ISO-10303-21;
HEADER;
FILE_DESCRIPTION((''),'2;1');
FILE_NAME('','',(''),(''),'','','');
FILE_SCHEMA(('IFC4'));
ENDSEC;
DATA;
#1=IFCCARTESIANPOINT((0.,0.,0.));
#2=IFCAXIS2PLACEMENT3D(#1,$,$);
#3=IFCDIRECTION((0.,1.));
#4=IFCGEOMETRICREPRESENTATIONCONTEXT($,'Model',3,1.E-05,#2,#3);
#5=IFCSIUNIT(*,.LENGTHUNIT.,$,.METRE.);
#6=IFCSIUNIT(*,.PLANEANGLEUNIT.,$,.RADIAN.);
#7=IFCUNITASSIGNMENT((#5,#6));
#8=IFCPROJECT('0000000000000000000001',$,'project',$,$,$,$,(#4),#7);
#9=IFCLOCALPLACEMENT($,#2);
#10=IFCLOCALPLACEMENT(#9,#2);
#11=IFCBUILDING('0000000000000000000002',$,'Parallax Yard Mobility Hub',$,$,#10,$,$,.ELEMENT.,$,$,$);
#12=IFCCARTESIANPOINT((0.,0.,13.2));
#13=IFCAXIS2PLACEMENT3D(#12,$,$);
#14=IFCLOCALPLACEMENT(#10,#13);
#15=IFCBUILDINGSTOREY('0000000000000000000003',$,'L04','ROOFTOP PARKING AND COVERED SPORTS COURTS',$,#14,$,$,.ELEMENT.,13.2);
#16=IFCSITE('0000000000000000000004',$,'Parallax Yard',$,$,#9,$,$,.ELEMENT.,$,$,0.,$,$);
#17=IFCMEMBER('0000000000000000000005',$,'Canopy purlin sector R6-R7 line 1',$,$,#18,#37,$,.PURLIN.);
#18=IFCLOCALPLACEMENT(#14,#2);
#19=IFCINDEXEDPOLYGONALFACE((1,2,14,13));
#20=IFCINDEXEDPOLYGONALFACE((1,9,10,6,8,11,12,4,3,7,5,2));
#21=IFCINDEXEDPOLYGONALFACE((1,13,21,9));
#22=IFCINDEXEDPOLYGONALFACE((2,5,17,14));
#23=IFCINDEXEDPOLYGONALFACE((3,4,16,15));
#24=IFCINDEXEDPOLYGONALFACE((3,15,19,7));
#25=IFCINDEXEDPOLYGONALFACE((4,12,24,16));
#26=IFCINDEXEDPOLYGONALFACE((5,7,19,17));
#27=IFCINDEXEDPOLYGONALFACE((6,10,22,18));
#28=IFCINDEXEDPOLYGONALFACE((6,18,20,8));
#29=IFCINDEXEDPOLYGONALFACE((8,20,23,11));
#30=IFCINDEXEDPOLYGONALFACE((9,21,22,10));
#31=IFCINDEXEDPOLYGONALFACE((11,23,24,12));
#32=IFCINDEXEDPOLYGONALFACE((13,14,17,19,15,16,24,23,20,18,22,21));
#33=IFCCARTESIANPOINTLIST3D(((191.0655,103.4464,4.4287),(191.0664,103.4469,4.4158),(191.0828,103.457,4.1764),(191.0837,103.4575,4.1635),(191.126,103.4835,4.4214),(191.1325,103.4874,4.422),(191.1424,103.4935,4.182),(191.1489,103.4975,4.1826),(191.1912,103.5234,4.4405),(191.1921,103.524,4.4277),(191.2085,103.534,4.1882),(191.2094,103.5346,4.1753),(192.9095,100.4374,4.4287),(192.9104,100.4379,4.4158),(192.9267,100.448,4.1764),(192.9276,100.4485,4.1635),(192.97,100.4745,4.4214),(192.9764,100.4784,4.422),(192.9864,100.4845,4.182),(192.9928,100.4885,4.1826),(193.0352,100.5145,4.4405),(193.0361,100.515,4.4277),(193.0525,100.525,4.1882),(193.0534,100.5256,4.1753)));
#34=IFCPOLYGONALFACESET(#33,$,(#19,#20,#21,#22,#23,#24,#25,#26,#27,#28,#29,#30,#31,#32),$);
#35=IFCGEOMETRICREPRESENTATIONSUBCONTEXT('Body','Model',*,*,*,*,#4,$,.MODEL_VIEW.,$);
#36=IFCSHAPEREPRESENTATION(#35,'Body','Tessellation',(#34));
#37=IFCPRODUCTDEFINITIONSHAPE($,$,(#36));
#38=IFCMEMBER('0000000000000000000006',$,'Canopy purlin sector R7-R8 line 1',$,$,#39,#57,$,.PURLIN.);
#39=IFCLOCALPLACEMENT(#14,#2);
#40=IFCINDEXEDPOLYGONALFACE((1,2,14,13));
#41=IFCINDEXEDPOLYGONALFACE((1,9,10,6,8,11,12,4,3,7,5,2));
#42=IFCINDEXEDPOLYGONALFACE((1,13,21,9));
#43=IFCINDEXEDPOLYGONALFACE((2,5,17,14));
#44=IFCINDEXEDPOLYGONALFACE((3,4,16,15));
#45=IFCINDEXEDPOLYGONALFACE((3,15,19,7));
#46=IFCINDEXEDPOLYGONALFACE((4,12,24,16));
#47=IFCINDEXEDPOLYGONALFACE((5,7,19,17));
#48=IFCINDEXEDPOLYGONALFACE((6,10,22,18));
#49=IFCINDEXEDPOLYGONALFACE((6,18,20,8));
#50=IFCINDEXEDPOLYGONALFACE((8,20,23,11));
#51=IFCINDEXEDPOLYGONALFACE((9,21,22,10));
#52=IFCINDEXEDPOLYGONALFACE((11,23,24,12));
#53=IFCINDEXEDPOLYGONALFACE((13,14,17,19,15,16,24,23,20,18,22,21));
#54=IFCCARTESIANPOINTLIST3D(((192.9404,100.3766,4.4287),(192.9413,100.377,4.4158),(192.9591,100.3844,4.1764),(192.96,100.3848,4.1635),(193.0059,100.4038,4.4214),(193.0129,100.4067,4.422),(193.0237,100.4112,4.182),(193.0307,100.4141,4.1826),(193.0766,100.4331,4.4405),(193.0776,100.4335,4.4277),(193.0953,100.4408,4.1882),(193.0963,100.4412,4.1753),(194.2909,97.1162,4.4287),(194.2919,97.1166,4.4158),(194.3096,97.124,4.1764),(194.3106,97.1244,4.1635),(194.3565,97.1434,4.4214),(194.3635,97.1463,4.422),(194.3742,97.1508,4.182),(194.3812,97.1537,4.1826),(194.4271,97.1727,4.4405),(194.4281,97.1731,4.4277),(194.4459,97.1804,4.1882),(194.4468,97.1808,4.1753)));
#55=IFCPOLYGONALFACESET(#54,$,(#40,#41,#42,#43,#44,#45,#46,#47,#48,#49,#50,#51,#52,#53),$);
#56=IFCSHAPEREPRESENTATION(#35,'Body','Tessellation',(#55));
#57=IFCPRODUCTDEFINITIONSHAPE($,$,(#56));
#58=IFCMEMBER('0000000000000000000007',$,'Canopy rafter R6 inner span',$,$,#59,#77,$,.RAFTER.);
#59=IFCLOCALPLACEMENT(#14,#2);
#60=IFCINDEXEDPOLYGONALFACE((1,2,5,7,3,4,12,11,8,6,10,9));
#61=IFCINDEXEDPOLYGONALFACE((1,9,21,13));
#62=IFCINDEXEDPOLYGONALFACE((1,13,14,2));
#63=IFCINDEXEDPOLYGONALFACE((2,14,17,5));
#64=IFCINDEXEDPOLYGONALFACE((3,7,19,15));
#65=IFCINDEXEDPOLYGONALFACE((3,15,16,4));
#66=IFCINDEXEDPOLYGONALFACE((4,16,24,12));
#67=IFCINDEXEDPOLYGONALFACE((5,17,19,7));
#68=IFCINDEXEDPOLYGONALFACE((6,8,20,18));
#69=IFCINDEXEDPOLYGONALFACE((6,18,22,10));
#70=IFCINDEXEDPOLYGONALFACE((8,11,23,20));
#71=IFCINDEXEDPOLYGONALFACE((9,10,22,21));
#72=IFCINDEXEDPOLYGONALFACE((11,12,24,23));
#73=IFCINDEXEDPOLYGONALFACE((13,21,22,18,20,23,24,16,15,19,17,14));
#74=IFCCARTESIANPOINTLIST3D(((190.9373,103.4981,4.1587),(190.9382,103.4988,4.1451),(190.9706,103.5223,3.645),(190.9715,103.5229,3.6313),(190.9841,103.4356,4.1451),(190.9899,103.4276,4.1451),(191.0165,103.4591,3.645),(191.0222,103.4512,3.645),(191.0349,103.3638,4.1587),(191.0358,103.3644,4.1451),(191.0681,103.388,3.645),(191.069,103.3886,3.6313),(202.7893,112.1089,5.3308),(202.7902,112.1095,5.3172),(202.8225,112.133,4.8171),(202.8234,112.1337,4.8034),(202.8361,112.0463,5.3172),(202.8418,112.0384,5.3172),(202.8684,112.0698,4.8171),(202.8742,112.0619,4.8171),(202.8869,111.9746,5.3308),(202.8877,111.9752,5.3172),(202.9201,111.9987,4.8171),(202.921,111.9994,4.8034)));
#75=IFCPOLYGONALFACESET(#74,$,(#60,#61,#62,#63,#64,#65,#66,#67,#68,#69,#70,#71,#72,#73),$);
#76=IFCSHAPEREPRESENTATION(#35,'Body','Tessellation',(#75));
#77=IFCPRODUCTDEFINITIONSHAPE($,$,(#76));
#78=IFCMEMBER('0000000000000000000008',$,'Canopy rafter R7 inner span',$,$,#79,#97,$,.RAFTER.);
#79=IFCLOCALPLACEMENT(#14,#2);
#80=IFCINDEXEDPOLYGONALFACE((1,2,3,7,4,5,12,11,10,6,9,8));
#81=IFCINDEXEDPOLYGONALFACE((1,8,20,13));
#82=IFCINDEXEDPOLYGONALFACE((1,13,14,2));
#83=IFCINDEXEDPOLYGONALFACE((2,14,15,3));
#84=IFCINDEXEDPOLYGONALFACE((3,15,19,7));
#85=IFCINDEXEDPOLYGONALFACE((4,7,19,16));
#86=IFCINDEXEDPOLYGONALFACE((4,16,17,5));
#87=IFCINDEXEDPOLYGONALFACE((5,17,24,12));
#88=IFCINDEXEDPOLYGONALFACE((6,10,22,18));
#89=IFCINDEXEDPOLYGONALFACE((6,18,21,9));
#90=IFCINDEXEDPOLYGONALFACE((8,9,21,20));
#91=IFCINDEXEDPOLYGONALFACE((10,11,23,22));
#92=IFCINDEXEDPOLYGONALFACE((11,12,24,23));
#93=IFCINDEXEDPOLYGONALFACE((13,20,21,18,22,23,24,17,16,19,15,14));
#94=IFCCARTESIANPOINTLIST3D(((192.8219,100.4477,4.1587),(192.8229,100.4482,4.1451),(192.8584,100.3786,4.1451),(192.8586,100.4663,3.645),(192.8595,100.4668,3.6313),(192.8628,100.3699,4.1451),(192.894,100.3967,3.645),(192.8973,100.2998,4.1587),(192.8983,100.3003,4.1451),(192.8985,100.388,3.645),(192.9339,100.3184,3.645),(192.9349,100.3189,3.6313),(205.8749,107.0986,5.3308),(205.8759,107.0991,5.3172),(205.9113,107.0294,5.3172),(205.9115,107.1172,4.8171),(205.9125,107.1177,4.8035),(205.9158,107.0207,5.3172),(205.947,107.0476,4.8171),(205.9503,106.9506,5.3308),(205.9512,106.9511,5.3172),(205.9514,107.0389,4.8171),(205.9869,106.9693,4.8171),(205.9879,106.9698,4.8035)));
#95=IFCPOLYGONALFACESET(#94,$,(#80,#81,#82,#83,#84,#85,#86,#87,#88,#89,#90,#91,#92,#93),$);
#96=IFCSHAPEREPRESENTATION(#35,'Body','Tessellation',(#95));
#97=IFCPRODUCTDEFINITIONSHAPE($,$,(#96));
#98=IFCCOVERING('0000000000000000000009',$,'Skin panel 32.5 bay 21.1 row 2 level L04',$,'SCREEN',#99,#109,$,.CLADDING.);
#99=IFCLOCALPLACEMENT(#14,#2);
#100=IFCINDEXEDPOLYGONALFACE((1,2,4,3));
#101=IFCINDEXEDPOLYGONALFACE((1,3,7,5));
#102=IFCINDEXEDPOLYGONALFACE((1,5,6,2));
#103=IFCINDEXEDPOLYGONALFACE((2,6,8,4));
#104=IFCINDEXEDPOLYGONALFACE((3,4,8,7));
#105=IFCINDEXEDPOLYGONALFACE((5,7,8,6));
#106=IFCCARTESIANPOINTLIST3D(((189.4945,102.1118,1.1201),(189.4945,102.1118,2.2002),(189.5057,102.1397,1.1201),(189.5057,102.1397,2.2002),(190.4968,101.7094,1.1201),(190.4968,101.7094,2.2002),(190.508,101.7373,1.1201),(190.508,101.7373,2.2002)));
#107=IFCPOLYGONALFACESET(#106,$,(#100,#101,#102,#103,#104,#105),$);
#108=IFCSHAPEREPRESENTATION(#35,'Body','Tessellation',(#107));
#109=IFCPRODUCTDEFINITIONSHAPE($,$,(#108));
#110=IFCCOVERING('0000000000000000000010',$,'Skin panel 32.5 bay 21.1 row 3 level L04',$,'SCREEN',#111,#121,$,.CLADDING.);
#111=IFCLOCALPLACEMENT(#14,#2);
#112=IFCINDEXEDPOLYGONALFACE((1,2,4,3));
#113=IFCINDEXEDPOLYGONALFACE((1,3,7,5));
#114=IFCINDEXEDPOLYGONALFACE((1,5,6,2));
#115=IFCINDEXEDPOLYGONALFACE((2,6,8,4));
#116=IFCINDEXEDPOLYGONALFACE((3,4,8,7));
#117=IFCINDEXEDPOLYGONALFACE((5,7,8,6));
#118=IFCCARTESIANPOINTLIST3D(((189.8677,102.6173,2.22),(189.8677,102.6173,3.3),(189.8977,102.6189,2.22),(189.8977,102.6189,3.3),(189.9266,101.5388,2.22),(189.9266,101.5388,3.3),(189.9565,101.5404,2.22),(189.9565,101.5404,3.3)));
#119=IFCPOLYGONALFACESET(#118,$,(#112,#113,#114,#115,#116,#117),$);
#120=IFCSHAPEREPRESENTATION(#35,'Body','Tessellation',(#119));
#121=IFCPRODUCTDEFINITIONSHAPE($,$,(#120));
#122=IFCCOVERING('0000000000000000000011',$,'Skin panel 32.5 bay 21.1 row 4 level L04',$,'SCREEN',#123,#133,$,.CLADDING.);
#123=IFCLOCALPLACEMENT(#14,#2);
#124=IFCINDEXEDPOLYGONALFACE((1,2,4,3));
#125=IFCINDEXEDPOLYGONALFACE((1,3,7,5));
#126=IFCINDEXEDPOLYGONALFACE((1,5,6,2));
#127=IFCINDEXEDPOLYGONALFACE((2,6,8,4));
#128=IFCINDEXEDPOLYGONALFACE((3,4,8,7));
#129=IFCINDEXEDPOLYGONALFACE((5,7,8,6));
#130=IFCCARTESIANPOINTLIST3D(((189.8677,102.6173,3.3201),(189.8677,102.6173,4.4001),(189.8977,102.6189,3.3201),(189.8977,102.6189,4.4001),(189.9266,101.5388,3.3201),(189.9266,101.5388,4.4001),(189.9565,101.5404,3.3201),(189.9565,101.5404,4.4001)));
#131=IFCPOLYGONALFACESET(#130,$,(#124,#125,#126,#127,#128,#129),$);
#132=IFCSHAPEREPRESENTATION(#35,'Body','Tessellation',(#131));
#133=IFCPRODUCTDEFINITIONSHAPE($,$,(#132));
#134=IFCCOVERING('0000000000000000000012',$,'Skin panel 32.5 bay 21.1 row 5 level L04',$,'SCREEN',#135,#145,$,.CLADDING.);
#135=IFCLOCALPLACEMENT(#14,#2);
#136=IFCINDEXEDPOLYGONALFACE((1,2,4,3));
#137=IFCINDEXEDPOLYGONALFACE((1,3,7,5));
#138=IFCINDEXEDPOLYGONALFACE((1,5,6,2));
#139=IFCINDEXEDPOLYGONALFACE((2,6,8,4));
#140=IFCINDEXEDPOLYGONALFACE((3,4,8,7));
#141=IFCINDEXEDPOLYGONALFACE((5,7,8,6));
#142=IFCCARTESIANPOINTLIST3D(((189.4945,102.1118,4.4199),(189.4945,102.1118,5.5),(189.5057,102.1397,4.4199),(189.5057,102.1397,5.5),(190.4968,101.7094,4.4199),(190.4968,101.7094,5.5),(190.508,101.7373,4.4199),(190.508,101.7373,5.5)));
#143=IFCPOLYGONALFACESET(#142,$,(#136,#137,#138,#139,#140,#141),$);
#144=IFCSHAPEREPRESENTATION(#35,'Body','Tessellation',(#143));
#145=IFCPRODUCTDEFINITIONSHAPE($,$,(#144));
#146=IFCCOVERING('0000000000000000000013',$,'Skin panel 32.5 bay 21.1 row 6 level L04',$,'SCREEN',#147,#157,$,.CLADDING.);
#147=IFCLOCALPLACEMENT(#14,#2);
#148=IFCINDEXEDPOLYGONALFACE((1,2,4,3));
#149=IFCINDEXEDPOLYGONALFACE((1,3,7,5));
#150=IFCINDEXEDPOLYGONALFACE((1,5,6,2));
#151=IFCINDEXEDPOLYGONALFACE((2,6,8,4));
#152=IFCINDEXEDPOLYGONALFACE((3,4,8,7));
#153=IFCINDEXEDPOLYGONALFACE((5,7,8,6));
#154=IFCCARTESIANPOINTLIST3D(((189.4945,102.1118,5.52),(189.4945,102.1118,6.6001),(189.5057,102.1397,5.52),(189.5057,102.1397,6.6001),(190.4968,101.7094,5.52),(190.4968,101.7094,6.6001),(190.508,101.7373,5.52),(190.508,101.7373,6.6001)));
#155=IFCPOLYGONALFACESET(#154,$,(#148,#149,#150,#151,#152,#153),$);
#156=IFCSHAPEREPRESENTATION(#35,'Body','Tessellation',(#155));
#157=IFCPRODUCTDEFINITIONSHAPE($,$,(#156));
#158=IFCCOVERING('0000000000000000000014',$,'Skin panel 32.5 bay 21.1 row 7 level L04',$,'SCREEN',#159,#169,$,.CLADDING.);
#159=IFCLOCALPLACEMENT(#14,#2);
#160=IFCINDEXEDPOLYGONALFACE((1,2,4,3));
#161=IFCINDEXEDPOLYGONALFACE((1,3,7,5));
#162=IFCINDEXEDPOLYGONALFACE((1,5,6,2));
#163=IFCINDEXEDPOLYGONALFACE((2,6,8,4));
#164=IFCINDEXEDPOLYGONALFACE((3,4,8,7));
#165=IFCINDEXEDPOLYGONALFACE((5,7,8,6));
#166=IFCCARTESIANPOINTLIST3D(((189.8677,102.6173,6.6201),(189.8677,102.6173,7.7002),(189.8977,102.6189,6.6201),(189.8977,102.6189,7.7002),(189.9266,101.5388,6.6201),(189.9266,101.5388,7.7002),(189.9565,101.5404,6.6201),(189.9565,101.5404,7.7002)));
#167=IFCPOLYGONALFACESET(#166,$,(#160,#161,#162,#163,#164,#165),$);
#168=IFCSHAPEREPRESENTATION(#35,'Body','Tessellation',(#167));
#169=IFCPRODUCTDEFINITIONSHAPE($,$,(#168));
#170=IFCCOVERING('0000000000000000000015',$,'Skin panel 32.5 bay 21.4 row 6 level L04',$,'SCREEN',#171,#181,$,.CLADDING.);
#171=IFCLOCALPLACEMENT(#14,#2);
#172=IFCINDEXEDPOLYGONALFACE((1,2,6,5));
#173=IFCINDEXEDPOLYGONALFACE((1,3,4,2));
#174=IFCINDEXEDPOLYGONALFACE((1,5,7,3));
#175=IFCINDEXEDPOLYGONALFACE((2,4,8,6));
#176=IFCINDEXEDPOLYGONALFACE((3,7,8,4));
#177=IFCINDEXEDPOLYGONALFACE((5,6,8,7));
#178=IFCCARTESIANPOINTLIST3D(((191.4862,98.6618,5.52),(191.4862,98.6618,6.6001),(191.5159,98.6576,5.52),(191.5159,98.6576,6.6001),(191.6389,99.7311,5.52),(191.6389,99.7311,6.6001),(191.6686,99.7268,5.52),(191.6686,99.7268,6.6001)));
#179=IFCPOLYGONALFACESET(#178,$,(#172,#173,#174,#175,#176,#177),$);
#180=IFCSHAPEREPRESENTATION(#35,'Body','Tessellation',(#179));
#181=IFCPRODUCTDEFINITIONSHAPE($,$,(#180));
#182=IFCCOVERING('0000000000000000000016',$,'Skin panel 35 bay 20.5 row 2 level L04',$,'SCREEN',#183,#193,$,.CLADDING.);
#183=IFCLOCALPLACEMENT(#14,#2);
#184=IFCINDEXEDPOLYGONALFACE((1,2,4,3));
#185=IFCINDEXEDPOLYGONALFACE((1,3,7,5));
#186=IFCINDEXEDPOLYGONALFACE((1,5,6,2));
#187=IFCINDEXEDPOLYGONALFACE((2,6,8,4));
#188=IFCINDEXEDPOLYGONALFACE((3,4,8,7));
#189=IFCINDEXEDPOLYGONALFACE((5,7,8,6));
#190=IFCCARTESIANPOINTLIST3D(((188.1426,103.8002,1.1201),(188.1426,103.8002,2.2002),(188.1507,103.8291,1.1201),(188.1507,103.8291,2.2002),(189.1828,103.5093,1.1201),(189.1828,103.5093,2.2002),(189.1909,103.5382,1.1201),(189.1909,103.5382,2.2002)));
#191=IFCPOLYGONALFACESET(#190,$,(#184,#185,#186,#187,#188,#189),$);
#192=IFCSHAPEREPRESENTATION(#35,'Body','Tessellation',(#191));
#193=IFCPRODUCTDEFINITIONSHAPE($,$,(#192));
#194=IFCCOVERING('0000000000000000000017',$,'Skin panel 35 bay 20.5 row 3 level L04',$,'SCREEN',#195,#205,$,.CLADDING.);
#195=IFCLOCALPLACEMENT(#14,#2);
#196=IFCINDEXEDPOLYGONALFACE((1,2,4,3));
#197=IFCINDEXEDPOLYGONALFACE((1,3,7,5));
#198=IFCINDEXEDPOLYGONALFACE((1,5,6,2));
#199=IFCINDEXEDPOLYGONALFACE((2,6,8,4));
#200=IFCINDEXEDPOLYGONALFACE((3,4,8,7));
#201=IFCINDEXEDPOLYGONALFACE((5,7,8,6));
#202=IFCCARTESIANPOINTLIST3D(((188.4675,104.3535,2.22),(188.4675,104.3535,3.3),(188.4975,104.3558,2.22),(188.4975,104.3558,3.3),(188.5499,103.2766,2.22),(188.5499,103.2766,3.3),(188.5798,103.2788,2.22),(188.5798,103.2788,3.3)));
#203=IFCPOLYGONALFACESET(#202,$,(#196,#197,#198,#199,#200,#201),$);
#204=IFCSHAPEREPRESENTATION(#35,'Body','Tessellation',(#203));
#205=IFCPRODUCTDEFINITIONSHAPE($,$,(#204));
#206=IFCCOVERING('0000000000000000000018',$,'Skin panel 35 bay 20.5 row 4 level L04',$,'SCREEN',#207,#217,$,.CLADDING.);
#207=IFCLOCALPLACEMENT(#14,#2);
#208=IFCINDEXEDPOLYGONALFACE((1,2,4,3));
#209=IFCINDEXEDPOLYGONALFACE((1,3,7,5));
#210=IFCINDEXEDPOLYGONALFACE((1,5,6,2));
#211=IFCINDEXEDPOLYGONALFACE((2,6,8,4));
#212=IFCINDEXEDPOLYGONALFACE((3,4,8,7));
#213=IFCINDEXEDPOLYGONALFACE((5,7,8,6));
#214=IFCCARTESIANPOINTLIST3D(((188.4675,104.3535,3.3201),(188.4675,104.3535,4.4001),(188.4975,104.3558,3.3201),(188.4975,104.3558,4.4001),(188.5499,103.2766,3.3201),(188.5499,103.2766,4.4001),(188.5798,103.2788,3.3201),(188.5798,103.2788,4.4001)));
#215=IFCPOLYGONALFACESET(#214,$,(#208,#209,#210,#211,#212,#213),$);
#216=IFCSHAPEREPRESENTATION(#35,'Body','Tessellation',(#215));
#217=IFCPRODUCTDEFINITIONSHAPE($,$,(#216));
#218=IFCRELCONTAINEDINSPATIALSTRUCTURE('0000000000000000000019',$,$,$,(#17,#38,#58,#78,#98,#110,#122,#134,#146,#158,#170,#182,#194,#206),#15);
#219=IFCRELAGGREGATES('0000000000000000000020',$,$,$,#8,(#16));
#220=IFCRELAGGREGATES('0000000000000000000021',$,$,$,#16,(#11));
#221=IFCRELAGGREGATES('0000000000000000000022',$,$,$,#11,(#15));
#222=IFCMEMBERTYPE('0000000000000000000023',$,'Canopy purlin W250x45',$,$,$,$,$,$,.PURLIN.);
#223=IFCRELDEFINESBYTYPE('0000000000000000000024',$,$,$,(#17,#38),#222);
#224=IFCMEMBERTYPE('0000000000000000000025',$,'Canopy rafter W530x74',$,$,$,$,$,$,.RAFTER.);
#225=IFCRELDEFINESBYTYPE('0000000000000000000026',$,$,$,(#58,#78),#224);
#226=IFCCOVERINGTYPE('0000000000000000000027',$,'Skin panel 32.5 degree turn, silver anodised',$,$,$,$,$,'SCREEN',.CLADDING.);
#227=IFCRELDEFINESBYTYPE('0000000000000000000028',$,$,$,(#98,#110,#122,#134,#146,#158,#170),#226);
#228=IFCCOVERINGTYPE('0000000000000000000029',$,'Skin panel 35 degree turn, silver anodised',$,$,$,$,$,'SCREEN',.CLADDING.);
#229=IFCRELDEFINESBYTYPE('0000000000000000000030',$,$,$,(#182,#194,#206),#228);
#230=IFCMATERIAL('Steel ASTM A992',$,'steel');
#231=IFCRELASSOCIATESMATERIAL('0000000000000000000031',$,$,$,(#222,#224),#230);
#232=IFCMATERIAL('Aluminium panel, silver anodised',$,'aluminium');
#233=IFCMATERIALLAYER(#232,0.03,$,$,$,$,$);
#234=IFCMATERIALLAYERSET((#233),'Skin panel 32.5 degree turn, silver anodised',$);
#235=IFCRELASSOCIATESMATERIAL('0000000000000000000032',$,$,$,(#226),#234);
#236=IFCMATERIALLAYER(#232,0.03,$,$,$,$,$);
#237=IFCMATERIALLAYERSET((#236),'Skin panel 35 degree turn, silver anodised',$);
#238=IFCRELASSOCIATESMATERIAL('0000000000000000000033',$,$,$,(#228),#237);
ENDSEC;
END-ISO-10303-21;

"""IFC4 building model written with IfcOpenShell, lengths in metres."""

from ifc_helpers import new_model, si_unit, direction, frame, origin, origin_2d, place, context, subcontext, project, spatial, rectangle, i_section, extrude, material, layer, layer_set, material_profile, profile_set, type_object, element, save


model = new_model("IFC4")

# Units and contexts
model_context = context("Model", 3, precision=1e-05, world=origin(), true_north=direction((0.0, 1.0)))
body_context = subcontext(model_context, "Body", "Model", "MODEL_VIEW")
ifc_project = project(units=[si_unit("LENGTHUNIT", "METRE"), si_unit("PLANEANGLEUNIT", "RADIAN")], contexts=[model_context])

# Site, building, storey
site_placement = place(None, origin())
site = spatial("IfcSite", under=ifc_project, at=site_placement, Name="Parallax Yard", CompositionType="ELEMENT", RefElevation=0.0)
building_placement = place(site_placement, origin())
building = spatial("IfcBuilding", under=site, at=building_placement, Name="Parallax Yard Mobility Hub", CompositionType="ELEMENT")
storey_placement = place(building_placement, frame((0.0, 0.0, 13.2)))
storey = spatial("IfcBuildingStorey", under=building, at=storey_placement, Name="L04", Description="ROOFTOP PARKING AND COVERED SPORTS COURTS", CompositionType="ELEMENT", Elevation=13.2)

# Members
ifc_material_1 = material(Name="Steel ASTM A992", Category="steel")
ifc_material_profile_1 = material_profile(ifc_material_1, i_section(OverallWidth=0.1479, OverallDepth=0.2661, WebThickness=0.0076, FlangeThickness=0.0129, at=origin_2d()), Name="W250x45")
ifc_profile_set_1 = profile_set([ifc_material_profile_1], Name="Steel ASTM A992")
member_type_1 = type_object("IfcMemberType", Name="Canopy purlin W250x45", PredefinedType="PURLIN", material=ifc_profile_set_1)
for number, where, z_axis, x_axis, name in (
    (1, (191.1375, 103.4905, 4.302), (0.52251, -0.852633, 0.0), (0.849901, 0.520836, 0.07999), "Canopy purlin sector R6-R7 line 1"),
    (2, (193.0183, 100.4089, 4.302), (0.382694, -0.923875, 0.0), (0.920915, 0.381468, 0.07999), "Canopy purlin sector R7-R8 line 1"),
):
    element("IfcMember", number, at=place(storey_placement, frame(where, z_axis=z_axis, x_axis=x_axis)), inside=storey, type_object=member_type_1, Name=name, PredefinedType="PURLIN", context=body_context, shape_type="SweptSolid", body=[
        extrude(i_section(OverallWidth=0.1479, OverallDepth=0.2661, WebThickness=0.0076, FlangeThickness=0.0129, at=origin_2d()), origin(), (0.0, 0.0, 1.0), 3.5291),
    ])
ifc_material_profile_2 = material_profile(ifc_material_1, i_section(OverallWidth=0.166, OverallDepth=0.5291, WebThickness=0.0098, FlangeThickness=0.0137, at=origin_2d()), Name="W530x74")
ifc_profile_set_2 = profile_set([ifc_material_profile_2], Name="Steel ASTM A992")
member_type_2 = type_object("IfcMemberType", Name="Canopy rafter W530x74", PredefinedType="RAFTER", material=ifc_profile_set_2)
for number, where, z_axis, x_axis, name in (
    (3, (191.0032, 103.4434, 3.895), (0.806446, 0.585905, 0.079754), (-0.587777, 0.809023, 0.0), "Canopy rafter R6 inner span"),
    (4, (192.8784, 100.3833, 3.895), (0.888167, 0.452547, 0.079755), (-0.453993, 0.891005, 0.0), "Canopy rafter R7 inner span"),
):
    element("IfcMember", number, at=place(storey_placement, frame(where, z_axis=z_axis, x_axis=x_axis)), inside=storey, type_object=member_type_2, Name=name, PredefinedType="RAFTER", context=body_context, shape_type="SweptSolid", body=[
        extrude(i_section(OverallWidth=0.166, OverallDepth=0.5291, WebThickness=0.0098, FlangeThickness=0.0137, at=origin_2d()), origin(), (0.0, 0.0, 1.0), 14.6965),
    ])

# Coverings
ifc_material_2 = material(Name="Aluminium panel, silver anodised", Category="aluminium")
ifc_layer_1 = layer(ifc_material_2, 0.03)
ifc_layer_set_1 = layer_set([ifc_layer_1], Name="Skin panel 32.5 degree turn, silver anodised")
covering_type_1 = type_object("IfcCoveringType", Name="Skin panel 32.5 degree turn, silver anodised", ElementType="SCREEN", PredefinedType="CLADDING", material=ifc_layer_set_1)
for number, where, z_axis, x_axis, name in (
    (5, (190.0012, 101.9246, 1.1201), (0.0, 0.0, 1.0), (-0.927999, 0.372583, 0.0), "Skin panel 32.5 bay 21.1 row 2 level L04"),
    (6, (189.9121, 102.0789, 2.22), (0.0, 0.0, 1.0), (0.054515, -0.998513, 0.0), "Skin panel 32.5 bay 21.1 row 3 level L04"),
    (7, (189.9121, 102.0789, 3.3201), (0.0, 0.0, 1.0), (0.054515, -0.998513, 0.0), "Skin panel 32.5 bay 21.1 row 4 level L04"),
    (8, (190.0012, 101.9246, 4.4199), (0.0, 0.0, 1.0), (-0.927999, 0.372583, 0.0), "Skin panel 32.5 bay 21.1 row 5 level L04"),
    (9, (190.0012, 101.9246, 5.52), (0.0, 0.0, 1.0), (-0.927999, 0.372583, 0.0), "Skin panel 32.5 bay 21.1 row 6 level L04"),
    (10, (189.9121, 102.0789, 6.6201), (0.0, 0.0, 1.0), (0.054515, -0.998513, 0.0), "Skin panel 32.5 bay 21.1 row 7 level L04"),
    (11, (191.5774, 99.1943, 5.52), (0.0, 0.0, 1.0), (-0.141333, -0.989962, 0.0), "Skin panel 32.5 bay 21.4 row 6 level L04"),
):
    element("IfcCovering", number, at=place(storey_placement, frame(where, z_axis=z_axis, x_axis=x_axis)), inside=storey, type_object=covering_type_1, Name=name, ObjectType="SCREEN", PredefinedType="CLADDING", context=body_context, shape_type="SweptSolid", body=[
        extrude(rectangle(XDim=1.0801, YDim=0.03, at=origin_2d()), origin(), (0.0, 0.0, 1.0), 1.0801),
    ])
ifc_layer_2 = layer(ifc_material_2, 0.03)
ifc_layer_set_2 = layer_set([ifc_layer_2], Name="Skin panel 35 degree turn, silver anodised")
covering_type_2 = type_object("IfcCoveringType", Name="Skin panel 35 degree turn, silver anodised", ElementType="SCREEN", PredefinedType="CLADDING", material=ifc_layer_set_2)
for number, where, z_axis, x_axis, name in (
    (12, (188.6667, 103.6692, 1.1201), (0.0, 0.0, 1.0), (-0.963045, 0.26934, 0.0), "Skin panel 35 bay 20.5 row 2 level L04"),
    (13, (188.5237, 103.8162, 2.22), (0.0, 0.0, 1.0), (0.076284, -0.997086, 0.0), "Skin panel 35 bay 20.5 row 3 level L04"),
    (14, (188.5237, 103.8162, 3.3201), (0.0, 0.0, 1.0), (0.076284, -0.997086, 0.0), "Skin panel 35 bay 20.5 row 4 level L04"),
):
    element("IfcCovering", number, at=place(storey_placement, frame(where, z_axis=z_axis, x_axis=x_axis)), inside=storey, type_object=covering_type_2, Name=name, ObjectType="SCREEN", PredefinedType="CLADDING", context=body_context, shape_type="SweptSolid", body=[
        extrude(rectangle(XDim=1.0801, YDim=0.03, at=origin_2d()), origin(), (0.0, 0.0, 1.0), 1.0801),
    ])

save(model, "model.ifc")
